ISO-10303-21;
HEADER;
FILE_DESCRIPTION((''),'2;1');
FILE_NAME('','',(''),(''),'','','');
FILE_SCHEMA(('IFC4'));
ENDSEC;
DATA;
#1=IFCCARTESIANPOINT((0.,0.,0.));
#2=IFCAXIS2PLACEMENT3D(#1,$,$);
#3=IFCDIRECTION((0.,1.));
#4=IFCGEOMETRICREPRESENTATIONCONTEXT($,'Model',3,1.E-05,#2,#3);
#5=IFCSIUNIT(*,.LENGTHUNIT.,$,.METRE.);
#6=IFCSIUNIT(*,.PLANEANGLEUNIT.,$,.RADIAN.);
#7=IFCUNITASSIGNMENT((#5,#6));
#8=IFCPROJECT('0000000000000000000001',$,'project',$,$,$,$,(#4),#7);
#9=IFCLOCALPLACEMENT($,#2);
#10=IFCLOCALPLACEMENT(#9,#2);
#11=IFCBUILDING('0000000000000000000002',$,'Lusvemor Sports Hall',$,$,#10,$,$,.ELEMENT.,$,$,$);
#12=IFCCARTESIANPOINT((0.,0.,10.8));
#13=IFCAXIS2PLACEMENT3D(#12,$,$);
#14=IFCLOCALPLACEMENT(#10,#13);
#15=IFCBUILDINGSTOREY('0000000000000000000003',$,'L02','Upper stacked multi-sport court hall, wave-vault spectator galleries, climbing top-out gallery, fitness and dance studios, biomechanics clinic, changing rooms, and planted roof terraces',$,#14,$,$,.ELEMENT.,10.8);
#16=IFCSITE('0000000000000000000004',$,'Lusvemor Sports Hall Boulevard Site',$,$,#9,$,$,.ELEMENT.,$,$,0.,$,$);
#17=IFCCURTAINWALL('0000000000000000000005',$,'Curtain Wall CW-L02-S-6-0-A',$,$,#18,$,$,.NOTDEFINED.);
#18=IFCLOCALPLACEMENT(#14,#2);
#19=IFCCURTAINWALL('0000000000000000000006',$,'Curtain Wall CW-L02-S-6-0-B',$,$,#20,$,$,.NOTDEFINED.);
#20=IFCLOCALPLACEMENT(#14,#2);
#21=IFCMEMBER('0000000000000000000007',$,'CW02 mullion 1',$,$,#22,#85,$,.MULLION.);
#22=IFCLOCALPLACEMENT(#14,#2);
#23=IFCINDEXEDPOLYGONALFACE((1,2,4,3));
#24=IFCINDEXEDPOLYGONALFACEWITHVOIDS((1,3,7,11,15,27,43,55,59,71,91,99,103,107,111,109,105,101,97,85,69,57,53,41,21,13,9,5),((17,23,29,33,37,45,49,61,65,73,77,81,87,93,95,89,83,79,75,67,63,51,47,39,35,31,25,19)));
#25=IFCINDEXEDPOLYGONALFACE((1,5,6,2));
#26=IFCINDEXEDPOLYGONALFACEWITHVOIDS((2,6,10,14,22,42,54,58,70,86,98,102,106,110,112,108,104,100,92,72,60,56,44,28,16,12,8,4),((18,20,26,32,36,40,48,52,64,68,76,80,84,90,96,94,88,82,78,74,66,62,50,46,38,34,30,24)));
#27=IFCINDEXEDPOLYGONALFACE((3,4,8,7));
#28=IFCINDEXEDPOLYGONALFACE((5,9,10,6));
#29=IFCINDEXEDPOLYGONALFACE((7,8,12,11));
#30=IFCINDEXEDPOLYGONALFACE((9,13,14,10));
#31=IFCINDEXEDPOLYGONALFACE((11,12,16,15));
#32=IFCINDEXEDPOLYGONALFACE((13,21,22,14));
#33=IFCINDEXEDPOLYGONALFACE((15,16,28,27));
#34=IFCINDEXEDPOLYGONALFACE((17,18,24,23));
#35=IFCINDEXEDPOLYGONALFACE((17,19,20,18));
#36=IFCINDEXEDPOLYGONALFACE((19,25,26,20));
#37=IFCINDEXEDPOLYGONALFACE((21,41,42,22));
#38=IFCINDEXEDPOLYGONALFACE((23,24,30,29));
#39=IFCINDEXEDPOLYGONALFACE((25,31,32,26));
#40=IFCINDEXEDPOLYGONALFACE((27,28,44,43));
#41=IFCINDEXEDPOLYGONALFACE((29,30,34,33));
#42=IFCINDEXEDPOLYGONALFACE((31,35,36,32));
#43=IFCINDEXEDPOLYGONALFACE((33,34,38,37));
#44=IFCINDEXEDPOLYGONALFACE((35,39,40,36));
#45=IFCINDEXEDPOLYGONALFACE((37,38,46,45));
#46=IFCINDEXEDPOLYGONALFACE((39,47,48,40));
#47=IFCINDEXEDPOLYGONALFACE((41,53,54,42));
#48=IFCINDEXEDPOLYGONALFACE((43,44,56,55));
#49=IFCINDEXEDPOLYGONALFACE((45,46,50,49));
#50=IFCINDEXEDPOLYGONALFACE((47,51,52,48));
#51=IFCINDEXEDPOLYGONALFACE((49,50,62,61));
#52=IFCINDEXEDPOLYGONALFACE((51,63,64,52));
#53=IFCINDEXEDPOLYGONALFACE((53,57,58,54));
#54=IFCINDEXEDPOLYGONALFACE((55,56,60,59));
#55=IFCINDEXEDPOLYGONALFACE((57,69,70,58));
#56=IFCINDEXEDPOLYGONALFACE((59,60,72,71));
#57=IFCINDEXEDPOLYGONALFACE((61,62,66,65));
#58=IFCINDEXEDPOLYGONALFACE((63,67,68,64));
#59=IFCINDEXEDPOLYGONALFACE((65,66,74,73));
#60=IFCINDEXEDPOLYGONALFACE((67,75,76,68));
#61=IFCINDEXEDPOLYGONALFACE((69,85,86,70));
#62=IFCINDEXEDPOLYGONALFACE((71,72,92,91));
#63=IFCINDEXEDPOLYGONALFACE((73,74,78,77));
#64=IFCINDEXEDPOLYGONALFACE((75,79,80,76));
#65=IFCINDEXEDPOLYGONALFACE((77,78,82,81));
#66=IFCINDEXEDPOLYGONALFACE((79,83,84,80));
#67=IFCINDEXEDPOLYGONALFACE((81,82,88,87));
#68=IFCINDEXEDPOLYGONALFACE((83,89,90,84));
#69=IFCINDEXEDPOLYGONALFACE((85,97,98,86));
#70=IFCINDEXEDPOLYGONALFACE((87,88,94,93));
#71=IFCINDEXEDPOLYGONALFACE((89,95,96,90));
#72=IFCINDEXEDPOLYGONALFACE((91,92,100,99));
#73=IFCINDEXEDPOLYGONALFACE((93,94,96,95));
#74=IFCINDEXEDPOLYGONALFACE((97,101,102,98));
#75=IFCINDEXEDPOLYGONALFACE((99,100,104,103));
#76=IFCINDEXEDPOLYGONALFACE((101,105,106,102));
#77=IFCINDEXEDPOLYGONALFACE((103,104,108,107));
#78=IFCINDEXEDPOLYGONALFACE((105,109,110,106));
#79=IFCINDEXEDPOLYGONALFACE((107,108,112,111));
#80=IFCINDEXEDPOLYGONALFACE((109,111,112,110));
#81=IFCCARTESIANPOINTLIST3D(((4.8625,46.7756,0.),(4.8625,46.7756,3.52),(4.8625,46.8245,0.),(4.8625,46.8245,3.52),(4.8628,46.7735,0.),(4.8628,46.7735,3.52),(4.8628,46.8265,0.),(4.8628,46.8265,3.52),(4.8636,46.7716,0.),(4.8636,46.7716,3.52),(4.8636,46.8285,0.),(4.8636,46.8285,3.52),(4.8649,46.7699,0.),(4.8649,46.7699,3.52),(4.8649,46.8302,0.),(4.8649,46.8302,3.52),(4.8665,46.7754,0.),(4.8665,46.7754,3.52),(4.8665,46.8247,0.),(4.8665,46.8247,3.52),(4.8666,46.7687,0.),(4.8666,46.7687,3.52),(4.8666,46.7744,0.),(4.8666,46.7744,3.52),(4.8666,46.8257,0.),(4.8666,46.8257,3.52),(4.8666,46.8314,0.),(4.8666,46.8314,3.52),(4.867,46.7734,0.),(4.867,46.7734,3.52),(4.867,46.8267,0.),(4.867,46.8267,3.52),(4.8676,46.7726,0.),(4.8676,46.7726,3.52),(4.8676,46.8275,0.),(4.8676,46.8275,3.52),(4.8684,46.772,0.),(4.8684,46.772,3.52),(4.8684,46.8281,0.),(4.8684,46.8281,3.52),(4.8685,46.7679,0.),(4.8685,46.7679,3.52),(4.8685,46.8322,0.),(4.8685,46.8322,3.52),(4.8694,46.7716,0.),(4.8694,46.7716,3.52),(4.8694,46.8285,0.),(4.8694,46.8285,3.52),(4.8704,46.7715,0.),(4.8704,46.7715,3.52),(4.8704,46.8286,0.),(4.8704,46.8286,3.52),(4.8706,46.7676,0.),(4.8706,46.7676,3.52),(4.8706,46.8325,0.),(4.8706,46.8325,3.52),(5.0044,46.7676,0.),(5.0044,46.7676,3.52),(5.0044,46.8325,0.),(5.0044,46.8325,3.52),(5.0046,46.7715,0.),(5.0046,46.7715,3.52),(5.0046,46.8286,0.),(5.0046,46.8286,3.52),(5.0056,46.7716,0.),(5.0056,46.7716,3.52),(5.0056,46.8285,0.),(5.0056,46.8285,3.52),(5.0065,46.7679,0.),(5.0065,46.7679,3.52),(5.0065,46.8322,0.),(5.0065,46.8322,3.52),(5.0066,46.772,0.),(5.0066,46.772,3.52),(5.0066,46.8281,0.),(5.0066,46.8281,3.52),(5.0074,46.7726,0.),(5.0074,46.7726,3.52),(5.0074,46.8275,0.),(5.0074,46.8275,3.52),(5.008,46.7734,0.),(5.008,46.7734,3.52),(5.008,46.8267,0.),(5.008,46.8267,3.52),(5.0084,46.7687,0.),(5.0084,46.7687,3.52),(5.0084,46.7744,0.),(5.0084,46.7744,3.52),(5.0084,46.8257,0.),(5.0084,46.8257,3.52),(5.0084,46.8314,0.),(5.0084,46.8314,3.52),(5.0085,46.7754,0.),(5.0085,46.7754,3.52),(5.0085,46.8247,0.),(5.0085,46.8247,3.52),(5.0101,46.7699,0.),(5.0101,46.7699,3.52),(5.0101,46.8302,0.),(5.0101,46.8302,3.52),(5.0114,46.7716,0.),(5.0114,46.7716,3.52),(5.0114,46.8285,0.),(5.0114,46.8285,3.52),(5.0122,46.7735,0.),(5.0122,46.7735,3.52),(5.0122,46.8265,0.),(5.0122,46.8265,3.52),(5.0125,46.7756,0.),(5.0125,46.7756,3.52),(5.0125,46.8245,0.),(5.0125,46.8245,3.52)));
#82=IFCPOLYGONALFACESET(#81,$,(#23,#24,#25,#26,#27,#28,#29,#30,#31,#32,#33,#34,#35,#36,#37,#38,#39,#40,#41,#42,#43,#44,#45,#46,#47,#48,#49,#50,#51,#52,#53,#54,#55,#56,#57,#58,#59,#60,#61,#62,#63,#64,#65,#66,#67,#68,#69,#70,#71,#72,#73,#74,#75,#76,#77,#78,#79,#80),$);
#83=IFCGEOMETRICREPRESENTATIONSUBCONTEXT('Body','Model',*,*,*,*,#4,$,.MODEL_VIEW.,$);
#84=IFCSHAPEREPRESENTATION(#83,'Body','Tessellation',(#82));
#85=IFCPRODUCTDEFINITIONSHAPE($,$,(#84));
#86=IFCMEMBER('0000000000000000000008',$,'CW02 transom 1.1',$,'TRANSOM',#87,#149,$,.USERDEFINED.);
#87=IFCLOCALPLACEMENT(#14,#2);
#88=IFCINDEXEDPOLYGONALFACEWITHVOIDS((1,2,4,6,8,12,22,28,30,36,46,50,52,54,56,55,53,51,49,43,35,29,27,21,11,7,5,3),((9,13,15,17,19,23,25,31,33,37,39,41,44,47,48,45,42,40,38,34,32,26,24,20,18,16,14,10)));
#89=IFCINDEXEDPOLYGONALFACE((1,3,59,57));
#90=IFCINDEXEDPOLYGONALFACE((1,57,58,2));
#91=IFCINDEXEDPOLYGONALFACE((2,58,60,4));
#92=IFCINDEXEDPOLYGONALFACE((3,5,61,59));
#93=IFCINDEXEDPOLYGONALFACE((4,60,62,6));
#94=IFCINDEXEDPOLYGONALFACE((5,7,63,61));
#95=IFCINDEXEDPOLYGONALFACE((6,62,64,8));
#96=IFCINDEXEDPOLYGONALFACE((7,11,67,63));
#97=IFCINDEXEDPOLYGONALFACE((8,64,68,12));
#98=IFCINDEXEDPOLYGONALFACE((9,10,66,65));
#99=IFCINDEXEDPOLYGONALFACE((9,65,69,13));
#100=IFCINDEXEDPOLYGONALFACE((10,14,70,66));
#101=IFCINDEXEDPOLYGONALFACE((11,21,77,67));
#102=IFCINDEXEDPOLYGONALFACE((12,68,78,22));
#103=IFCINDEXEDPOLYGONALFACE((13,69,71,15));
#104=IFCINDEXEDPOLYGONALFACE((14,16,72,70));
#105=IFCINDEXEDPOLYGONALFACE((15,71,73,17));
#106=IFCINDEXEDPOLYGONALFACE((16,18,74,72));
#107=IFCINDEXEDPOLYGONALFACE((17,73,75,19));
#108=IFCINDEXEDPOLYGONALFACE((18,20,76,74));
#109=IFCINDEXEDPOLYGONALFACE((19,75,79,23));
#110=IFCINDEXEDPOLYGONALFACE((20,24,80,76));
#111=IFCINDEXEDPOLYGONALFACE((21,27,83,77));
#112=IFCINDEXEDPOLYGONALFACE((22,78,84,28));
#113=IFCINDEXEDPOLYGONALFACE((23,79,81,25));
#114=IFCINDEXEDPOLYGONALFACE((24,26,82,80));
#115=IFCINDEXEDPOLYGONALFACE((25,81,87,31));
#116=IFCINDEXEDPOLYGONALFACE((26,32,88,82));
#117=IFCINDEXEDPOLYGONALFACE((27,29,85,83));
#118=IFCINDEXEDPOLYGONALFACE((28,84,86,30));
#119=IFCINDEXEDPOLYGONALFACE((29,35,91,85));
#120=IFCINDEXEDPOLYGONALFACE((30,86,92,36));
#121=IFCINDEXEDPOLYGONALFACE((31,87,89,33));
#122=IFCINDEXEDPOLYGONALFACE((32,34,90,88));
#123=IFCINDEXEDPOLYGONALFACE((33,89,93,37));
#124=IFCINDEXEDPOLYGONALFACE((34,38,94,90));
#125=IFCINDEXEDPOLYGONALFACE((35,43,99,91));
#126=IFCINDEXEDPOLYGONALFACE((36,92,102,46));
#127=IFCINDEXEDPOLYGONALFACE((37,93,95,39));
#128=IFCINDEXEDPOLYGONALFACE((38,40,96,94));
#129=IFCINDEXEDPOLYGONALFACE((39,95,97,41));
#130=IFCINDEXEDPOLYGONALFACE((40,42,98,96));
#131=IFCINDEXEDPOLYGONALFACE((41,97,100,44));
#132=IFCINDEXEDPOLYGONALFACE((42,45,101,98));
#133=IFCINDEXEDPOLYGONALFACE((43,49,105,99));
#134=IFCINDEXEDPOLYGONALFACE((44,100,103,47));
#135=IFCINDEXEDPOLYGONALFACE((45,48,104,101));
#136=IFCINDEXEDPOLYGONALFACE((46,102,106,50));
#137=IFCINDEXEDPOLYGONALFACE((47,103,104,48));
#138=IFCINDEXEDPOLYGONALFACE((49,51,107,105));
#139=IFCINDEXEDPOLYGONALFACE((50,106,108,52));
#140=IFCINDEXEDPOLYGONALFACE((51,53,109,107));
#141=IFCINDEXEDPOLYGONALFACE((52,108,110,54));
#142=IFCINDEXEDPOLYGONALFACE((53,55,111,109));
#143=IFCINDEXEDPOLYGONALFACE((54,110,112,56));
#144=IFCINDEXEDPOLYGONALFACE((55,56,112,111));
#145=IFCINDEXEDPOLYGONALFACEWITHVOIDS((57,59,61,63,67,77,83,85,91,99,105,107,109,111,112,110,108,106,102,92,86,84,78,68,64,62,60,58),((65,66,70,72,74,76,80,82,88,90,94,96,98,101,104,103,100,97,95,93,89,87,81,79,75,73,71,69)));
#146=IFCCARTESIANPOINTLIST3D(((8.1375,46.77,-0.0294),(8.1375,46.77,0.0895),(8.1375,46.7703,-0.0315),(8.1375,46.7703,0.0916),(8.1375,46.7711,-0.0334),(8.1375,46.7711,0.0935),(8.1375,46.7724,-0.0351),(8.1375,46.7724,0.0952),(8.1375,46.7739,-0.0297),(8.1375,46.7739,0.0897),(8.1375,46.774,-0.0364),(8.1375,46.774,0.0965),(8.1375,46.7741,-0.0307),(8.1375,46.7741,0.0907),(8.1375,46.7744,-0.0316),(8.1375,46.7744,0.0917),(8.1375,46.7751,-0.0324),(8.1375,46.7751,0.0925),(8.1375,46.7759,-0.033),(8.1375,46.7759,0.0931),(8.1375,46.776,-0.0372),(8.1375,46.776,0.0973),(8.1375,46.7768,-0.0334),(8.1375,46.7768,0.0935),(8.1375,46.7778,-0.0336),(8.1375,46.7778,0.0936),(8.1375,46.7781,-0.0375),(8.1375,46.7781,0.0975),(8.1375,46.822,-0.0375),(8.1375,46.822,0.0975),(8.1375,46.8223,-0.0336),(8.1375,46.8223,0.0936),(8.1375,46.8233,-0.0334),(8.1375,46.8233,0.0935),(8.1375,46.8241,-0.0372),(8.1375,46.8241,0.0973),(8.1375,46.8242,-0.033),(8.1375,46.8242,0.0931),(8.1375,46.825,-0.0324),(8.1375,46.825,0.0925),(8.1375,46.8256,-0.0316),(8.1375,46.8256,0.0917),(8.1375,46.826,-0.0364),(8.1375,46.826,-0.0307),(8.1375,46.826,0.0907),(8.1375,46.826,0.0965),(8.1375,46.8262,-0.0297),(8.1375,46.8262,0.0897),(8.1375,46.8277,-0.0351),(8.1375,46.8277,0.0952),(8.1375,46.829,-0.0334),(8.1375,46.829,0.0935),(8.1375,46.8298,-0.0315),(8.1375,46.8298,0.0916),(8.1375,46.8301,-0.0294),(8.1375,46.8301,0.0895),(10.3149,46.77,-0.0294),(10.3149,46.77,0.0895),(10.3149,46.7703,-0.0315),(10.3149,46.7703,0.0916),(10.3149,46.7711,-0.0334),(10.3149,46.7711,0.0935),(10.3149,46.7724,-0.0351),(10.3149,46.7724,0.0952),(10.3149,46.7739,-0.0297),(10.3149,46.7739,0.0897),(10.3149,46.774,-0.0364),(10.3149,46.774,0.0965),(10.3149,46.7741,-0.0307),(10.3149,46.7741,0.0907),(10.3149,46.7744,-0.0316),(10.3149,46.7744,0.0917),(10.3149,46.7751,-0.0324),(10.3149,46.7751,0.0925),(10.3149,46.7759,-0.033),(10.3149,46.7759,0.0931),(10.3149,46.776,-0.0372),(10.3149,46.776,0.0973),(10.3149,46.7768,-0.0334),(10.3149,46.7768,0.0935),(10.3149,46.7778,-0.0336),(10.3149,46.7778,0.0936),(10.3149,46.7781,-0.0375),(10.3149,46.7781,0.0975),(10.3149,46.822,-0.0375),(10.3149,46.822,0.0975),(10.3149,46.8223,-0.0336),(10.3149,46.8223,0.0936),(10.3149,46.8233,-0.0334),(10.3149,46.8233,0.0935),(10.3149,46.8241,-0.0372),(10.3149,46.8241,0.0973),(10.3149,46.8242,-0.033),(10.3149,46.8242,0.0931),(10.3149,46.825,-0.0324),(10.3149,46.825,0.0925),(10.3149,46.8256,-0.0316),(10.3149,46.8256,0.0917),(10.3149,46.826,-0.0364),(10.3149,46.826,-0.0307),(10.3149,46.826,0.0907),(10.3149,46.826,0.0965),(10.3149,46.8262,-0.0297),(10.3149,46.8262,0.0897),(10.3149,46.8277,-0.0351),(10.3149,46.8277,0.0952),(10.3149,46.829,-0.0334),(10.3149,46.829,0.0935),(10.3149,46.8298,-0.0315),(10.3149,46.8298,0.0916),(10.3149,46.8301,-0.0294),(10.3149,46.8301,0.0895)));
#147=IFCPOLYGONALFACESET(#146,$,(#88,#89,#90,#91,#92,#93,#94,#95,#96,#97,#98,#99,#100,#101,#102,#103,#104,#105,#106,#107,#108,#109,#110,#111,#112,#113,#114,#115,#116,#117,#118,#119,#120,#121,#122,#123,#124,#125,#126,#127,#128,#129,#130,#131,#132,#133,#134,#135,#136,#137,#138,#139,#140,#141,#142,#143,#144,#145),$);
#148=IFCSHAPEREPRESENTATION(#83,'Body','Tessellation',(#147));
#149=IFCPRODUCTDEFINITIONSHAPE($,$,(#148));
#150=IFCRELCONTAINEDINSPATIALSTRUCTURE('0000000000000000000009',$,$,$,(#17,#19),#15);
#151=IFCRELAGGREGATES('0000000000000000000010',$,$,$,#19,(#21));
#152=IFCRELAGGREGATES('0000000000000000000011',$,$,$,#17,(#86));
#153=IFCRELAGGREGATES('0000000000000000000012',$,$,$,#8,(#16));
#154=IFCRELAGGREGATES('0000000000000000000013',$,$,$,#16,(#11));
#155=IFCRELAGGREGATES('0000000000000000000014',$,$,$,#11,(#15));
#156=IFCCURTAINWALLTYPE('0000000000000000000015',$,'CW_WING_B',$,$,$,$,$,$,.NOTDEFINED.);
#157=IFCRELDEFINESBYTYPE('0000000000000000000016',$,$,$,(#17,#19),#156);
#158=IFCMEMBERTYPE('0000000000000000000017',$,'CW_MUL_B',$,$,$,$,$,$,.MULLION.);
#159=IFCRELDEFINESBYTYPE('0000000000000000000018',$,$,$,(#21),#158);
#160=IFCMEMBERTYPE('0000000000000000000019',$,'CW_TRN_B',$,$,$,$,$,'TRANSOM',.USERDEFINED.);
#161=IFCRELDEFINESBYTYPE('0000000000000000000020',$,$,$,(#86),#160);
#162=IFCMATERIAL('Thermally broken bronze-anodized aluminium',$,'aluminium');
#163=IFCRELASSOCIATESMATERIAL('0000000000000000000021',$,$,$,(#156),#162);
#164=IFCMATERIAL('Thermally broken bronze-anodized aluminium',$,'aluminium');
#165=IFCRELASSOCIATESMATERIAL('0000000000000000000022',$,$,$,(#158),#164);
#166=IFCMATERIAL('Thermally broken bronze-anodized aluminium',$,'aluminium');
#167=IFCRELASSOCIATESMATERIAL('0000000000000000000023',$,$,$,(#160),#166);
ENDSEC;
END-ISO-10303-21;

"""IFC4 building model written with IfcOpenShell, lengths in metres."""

from ifc_helpers import new_model, si_unit, direction, frame, origin, origin_2d, place, context, subcontext, project, spatial, hollow_rectangle, extrude, material, material_profile, profile_set, type_object, element, aggregate, save


model = new_model("IFC4")

# Units and contexts
model_context = context("Model", 3, precision=1e-05, world=origin(), true_north=direction((0.0, 1.0)))
body_context = subcontext(model_context, "Body", "Model", "MODEL_VIEW")
ifc_project = project(units=[si_unit("LENGTHUNIT", "METRE"), si_unit("PLANEANGLEUNIT", "RADIAN")], contexts=[model_context])

# Site, building, storey
site_placement = place(None, origin())
site = spatial("IfcSite", under=ifc_project, at=site_placement, Name="Lusvemor Sports Hall Boulevard Site", CompositionType="ELEMENT", RefElevation=0.0)
building_placement = place(site_placement, origin())
building = spatial("IfcBuilding", under=site, at=building_placement, Name="Lusvemor Sports Hall", CompositionType="ELEMENT")
storey_placement = place(building_placement, frame((0.0, 0.0, 10.8)))
storey = spatial("IfcBuildingStorey", under=building, at=storey_placement, Name="L02", Description="Upper stacked multi-sport court hall, wave-vault spectator galleries, climbing top-out gallery, fitness and dance studios, biomechanics clinic, changing rooms, and planted roof terraces", CompositionType="ELEMENT", Elevation=10.8)

# Curtain wall
ifc_material_1 = material(Name="Thermally broken bronze-anodized aluminium", Category="aluminium")
curtain_wall_type = type_object("IfcCurtainWallType", Name="CW_WING_B", PredefinedType="NOTDEFINED", material=ifc_material_1)
curtain_wall_1_placement = place(storey_placement, origin())
curtain_wall_1 = element("IfcCurtainWall", 1, at=curtain_wall_1_placement, inside=storey, type_object=curtain_wall_type, Name="Curtain Wall CW-L02-S-6-0-A", PredefinedType="NOTDEFINED")
ifc_material_2 = material(Name="Thermally broken bronze-anodized aluminium", Category="aluminium")
ifc_material_profile_1 = material_profile(ifc_material_2, hollow_rectangle(XDim=0.0649, YDim=0.1499, WallThickness=0.0039, InnerFilletRadius=0.0039, OuterFilletRadius=0.0081, at=origin_2d()), Name="CWMUL150x65x4")
ifc_profile_set_1 = profile_set([ifc_material_profile_1], Name="Thermally broken bronze-anodized aluminium")
member_type_1 = type_object("IfcMemberType", Name="CW_MUL_B", PredefinedType="MULLION", material=ifc_profile_set_1)

# Curtain wall, member
curtain_wall_2_placement = place(storey_placement, origin())
curtain_wall_2 = element("IfcCurtainWall", 2, at=curtain_wall_2_placement, inside=storey, type_object=curtain_wall_type, Name="Curtain Wall CW-L02-S-6-0-B", PredefinedType="NOTDEFINED")
member_1_placement = place(storey_placement, frame((4.9375, 46.8, 0.0), z_axis=(0.0, 0.0, 1.0), x_axis=(0.0, -1.0, 0.0)))
member_1 = element("IfcMember", 3, at=member_1_placement, type_object=member_type_1, Name="CW02 mullion 1", PredefinedType="MULLION", context=body_context, shape_type="SweptSolid", body=[
    extrude(hollow_rectangle(XDim=0.0649, YDim=0.1499, WallThickness=0.0039, InnerFilletRadius=0.0039, OuterFilletRadius=0.0081, at=origin_2d()), origin(), (0.0, 0.0, 1.0), 3.52),
])

# Member
ifc_material_3 = material(Name="Thermally broken bronze-anodized aluminium", Category="aluminium")
ifc_material_profile_2 = material_profile(ifc_material_3, hollow_rectangle(XDim=0.0601, YDim=0.135, WallThickness=0.0039, InnerFilletRadius=0.0039, OuterFilletRadius=0.0081, at=origin_2d()), Name="CWTRN135x60x4")
ifc_profile_set_2 = profile_set([ifc_material_profile_2], Name="Thermally broken bronze-anodized aluminium")
member_type_2 = type_object("IfcMemberType", Name="CW_TRN_B", ElementType="TRANSOM", PredefinedType="USERDEFINED", material=ifc_profile_set_2)
member_2_placement = place(storey_placement, frame((10.3149, 46.8, 0.03), z_axis=(-1.0, 0.0, 0.0), x_axis=(0.0, -1.0, 0.0)))
member_2 = element("IfcMember", 4, at=member_2_placement, type_object=member_type_2, Name="CW02 transom 1.1", ObjectType="TRANSOM", PredefinedType="USERDEFINED", context=body_context, shape_type="SweptSolid", body=[
    extrude(hollow_rectangle(XDim=0.0601, YDim=0.135, WallThickness=0.0039, InnerFilletRadius=0.0039, OuterFilletRadius=0.0081, at=origin_2d()), origin(), (0.0, 0.0, 1.0), 2.1775),
])
aggregate(curtain_wall_2, [member_1])

aggregate(curtain_wall_1, [member_2])

save(model, "model.ifc")
